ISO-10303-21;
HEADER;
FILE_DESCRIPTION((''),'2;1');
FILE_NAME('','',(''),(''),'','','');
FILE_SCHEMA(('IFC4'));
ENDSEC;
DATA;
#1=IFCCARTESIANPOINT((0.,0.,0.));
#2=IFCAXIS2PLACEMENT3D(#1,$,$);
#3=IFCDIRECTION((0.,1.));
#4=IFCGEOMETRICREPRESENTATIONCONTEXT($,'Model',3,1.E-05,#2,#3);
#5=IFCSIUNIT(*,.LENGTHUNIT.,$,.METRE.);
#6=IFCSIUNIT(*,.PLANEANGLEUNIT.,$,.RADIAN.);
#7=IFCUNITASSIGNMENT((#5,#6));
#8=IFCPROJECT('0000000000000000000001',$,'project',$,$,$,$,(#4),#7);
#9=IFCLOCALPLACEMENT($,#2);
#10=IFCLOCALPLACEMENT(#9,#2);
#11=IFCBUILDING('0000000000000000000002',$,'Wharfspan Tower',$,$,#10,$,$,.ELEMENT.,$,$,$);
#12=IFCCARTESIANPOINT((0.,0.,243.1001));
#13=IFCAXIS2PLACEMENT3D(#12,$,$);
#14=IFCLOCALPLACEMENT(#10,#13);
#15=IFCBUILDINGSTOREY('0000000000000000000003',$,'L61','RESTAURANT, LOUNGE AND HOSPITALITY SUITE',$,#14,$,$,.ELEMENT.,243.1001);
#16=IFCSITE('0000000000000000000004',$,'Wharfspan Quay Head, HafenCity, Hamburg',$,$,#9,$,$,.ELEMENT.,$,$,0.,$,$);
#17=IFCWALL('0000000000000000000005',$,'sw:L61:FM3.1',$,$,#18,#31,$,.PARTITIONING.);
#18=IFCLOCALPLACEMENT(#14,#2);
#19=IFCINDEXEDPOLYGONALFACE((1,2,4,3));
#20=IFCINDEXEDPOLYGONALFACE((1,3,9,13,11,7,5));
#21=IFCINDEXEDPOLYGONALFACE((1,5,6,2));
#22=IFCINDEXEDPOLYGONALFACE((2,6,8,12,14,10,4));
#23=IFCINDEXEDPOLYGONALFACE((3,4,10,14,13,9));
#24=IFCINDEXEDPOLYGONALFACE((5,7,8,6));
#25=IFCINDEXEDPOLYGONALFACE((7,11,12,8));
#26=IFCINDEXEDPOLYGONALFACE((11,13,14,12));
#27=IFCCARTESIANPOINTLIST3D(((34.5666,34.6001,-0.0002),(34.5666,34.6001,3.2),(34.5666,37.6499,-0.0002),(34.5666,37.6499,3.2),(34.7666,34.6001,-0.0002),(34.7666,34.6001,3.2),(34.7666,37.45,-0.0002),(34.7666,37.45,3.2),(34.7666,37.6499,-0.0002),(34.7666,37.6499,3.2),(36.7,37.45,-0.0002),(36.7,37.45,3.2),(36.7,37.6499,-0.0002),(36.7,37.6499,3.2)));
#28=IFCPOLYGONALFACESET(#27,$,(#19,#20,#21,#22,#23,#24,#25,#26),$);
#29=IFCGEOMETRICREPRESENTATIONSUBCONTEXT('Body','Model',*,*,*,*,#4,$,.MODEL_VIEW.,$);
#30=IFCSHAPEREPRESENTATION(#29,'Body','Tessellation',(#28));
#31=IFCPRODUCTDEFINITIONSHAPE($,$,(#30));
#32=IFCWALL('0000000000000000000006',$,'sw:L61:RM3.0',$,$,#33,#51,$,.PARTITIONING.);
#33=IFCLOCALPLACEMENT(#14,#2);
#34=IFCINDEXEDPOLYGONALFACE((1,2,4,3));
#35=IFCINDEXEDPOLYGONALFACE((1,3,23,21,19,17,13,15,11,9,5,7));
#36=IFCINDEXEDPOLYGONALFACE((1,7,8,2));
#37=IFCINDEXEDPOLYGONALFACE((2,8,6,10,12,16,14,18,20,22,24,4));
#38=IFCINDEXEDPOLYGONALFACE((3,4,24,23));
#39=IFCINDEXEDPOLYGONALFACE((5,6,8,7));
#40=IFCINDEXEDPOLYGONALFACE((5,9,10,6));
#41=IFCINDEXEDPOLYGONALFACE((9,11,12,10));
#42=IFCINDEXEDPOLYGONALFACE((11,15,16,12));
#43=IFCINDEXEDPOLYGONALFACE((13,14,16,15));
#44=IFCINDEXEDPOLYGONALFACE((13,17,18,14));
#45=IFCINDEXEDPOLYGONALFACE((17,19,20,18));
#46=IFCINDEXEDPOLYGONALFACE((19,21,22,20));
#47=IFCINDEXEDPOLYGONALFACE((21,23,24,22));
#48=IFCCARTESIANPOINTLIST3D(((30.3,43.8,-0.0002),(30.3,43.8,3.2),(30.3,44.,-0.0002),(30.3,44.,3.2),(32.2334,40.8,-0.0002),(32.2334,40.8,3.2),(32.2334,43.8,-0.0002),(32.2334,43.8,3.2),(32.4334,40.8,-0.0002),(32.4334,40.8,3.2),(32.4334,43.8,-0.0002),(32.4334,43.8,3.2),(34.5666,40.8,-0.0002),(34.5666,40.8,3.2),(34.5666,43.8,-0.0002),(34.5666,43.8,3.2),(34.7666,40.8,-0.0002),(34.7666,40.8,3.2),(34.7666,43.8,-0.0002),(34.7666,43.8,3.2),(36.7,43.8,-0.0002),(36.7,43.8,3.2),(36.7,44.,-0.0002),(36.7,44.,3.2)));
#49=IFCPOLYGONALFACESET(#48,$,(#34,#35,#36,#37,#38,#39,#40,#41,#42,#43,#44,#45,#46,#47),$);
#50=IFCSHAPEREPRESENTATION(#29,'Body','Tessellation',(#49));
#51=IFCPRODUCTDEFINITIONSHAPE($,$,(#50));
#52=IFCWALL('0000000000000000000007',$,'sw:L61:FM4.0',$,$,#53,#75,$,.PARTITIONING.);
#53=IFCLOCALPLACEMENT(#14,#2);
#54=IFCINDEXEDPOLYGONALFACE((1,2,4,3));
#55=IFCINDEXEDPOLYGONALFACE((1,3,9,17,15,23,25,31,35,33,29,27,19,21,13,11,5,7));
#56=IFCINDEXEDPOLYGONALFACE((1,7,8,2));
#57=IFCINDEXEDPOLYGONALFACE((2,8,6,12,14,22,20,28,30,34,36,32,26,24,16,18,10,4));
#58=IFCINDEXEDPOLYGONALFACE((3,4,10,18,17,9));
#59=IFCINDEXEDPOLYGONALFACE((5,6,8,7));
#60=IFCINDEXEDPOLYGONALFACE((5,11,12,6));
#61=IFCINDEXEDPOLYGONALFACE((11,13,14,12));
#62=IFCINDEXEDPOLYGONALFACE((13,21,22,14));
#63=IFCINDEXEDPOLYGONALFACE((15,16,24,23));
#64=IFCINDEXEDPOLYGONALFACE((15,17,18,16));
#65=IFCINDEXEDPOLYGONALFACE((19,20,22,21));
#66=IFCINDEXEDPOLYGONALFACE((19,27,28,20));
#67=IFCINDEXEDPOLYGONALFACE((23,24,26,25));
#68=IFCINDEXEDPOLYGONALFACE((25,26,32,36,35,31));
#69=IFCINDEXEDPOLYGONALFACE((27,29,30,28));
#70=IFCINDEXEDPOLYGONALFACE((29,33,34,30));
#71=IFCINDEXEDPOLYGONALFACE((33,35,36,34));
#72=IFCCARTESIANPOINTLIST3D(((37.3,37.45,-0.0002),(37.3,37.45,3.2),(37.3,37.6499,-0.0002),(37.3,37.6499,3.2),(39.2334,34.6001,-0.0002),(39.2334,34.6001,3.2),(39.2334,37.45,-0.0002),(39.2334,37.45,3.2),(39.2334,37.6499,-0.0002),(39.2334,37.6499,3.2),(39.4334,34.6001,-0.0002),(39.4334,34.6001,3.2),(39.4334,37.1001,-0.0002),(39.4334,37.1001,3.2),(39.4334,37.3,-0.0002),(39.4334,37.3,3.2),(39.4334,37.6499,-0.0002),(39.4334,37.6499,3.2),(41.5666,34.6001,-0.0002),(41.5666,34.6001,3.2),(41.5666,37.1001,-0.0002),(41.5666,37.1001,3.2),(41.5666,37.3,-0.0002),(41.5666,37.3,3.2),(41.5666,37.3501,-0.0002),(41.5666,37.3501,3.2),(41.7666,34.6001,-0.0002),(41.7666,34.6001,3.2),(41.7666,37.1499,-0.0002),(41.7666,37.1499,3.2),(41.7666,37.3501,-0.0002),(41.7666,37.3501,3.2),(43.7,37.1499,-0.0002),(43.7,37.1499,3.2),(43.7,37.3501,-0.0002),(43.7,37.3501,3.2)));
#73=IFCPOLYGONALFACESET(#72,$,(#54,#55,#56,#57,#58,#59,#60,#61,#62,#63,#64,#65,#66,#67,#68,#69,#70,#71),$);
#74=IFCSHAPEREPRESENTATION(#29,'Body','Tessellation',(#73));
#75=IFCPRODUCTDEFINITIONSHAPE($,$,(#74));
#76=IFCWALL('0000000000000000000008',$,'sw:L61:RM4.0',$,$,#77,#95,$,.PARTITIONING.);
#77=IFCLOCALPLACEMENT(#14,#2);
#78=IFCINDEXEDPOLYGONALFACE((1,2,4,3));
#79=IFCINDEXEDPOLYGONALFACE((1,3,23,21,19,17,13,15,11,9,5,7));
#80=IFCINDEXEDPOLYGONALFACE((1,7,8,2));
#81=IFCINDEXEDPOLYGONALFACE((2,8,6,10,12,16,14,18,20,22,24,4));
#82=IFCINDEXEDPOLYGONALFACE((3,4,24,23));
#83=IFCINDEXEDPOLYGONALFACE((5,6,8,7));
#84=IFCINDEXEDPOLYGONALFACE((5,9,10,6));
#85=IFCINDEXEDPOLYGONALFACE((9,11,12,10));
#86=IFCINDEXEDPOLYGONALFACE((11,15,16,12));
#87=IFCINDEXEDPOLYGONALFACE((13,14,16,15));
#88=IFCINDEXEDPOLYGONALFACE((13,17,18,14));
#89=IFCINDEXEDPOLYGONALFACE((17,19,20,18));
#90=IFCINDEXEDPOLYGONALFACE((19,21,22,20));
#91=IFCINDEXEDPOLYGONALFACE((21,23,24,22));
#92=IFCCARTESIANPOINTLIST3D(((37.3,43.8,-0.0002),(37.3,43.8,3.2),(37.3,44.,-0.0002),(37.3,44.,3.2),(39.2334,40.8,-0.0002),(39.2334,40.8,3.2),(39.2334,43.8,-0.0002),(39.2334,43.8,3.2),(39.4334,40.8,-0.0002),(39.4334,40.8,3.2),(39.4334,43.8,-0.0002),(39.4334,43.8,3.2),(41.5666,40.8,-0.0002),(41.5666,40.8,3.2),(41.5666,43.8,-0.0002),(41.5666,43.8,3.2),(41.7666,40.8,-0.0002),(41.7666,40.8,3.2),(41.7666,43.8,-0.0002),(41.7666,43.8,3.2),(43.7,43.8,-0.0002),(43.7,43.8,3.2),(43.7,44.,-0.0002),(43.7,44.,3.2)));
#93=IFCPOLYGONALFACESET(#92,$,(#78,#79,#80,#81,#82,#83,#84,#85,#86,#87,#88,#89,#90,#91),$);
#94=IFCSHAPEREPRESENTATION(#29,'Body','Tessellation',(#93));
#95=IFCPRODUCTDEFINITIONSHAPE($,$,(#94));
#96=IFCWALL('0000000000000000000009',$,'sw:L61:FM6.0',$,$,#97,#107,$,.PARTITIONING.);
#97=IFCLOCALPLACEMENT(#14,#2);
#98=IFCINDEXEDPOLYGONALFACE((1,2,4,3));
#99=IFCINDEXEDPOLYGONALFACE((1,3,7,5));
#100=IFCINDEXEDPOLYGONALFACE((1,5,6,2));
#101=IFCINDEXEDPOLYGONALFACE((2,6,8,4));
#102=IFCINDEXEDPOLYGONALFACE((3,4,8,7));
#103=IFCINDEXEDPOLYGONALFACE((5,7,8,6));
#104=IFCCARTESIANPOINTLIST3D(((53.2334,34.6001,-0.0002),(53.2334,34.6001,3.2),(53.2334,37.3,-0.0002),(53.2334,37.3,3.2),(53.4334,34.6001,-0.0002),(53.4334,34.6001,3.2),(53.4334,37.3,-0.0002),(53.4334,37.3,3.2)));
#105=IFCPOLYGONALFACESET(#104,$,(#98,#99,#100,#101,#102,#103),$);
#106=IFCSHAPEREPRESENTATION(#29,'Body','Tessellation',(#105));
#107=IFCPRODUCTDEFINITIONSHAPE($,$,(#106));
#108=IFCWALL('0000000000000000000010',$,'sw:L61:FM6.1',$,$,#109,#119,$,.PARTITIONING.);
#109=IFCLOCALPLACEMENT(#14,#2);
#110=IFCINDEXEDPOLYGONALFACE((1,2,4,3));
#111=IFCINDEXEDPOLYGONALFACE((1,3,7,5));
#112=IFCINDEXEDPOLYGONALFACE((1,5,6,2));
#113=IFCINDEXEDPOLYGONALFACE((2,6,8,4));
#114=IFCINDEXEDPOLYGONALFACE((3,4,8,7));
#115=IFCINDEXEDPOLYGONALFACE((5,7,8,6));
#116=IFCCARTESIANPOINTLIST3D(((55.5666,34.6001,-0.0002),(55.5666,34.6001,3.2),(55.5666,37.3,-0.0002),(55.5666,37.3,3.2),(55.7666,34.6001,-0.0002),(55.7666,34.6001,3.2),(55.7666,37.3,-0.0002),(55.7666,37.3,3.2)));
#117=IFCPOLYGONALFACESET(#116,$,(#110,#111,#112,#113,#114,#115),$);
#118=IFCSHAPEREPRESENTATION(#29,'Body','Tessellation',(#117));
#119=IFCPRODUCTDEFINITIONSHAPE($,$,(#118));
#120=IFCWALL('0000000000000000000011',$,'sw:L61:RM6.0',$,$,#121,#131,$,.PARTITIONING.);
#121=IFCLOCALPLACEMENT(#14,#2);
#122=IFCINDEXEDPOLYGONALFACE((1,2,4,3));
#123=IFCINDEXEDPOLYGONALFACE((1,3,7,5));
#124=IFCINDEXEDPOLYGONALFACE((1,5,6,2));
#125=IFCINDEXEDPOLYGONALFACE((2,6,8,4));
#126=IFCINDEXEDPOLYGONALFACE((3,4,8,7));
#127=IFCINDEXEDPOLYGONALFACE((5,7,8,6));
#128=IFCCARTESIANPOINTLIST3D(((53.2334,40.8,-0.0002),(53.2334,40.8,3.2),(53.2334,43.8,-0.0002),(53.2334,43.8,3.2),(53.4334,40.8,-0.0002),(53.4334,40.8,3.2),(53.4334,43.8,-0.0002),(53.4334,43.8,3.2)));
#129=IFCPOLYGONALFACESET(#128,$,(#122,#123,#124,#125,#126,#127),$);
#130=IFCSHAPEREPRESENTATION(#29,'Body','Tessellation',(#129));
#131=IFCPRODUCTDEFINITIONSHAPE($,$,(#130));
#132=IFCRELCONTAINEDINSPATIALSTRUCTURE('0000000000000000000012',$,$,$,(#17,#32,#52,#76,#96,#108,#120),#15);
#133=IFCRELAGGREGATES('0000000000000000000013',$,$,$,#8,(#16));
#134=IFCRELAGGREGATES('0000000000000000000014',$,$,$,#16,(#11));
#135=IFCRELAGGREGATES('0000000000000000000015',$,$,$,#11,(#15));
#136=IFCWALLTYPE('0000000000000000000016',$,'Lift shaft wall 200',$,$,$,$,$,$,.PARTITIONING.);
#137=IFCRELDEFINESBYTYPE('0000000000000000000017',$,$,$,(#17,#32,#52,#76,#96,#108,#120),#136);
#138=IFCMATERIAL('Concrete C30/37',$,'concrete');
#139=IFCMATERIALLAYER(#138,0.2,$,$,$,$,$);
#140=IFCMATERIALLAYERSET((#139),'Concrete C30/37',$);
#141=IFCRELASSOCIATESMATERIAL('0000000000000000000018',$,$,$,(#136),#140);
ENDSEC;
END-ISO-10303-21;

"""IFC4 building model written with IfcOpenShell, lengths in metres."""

from ifc_helpers import new_model, si_unit, direction, frame, origin, place, context, subcontext, project, spatial, polyline, outline, extrude, material, layer, layer_set, type_object, element, save


model = new_model("IFC4")

# Units and contexts
model_context = context("Model", 3, precision=1e-05, world=origin(), true_north=direction((0.0, 1.0)))
body_context = subcontext(model_context, "Body", "Model", "MODEL_VIEW")
ifc_project = project(units=[si_unit("LENGTHUNIT", "METRE"), si_unit("PLANEANGLEUNIT", "RADIAN")], contexts=[model_context])

# Site, building, storey
site_placement = place(None, origin())
site = spatial("IfcSite", under=ifc_project, at=site_placement, Name="Wharfspan Quay Head, HafenCity, Hamburg", CompositionType="ELEMENT", RefElevation=0.0)
building_placement = place(site_placement, origin())
building = spatial("IfcBuilding", under=site, at=building_placement, Name="Wharfspan Tower", CompositionType="ELEMENT")
storey_placement = place(building_placement, frame((0.0, 0.0, 243.1001)))
storey = spatial("IfcBuildingStorey", under=building, at=storey_placement, Name="L61", Description="RESTAURANT, LOUNGE AND HOSPITALITY SUITE", CompositionType="ELEMENT", Elevation=243.1001)

# Walls
ifc_material_1 = material(Name="Concrete C30/37", Category="concrete")
ifc_layer_1 = layer(ifc_material_1, 0.2)
ifc_layer_set_1 = layer_set([ifc_layer_1], Name="Concrete C30/37")
wall_type_1 = type_object("IfcWallType", Name="Lift shaft wall 200", PredefinedType="PARTITIONING", material=ifc_layer_set_1)
wall_1_placement = place(storey_placement, frame((0.0, 0.0, -0.0002)))
element("IfcWall", 1, at=wall_1_placement, inside=storey, type_object=wall_type_1, Name="sw:L61:FM3.1", PredefinedType="PARTITIONING", context=body_context, shape_type="SweptSolid", body=[
    extrude(outline(polyline([(34.5667, 37.6499), (34.7666, 37.6499), (36.7, 37.6499), (36.7, 37.45), (34.7666, 37.45), (34.7666, 34.6001), (34.5667, 34.6001), (34.5667, 37.6499)])), origin(), (0.0, 0.0, 1.0), 3.2002),
])
wall_2_placement = place(storey_placement, frame((0.0, 0.0, -0.0002)))
element("IfcWall", 2, at=wall_2_placement, inside=storey, type_object=wall_type_1, Name="sw:L61:RM3.0", PredefinedType="PARTITIONING", context=body_context, shape_type="SweptSolid", body=[
    extrude(outline(polyline([(32.4333, 40.8), (32.2334, 40.8), (32.2334, 43.8), (30.3, 43.8), (30.3, 44.0), (36.7, 44.0), (36.7, 43.8), (34.7666, 43.8), (34.7666, 40.8), (34.5667, 40.8), (34.5667, 43.8), (32.4333, 43.8), (32.4333, 40.8)])), origin(), (0.0, 0.0, 1.0), 3.2002),
])
wall_3_placement = place(storey_placement, frame((0.0, 0.0, -0.0002)))
element("IfcWall", 3, at=wall_3_placement, inside=storey, type_object=wall_type_1, Name="sw:L61:FM4.0", PredefinedType="PARTITIONING", context=body_context, shape_type="SweptSolid", body=[
    extrude(outline(polyline([(41.5667, 37.1001), (39.4333, 37.1001), (39.4333, 34.6001), (39.2334, 34.6001), (39.2334, 37.45), (37.3, 37.45), (37.3, 37.6499), (39.2334, 37.6499), (39.4333, 37.6499), (39.4333, 37.3), (41.5667, 37.3), (41.5667, 37.3501), (41.7666, 37.3501), (43.7, 37.3501), (43.7, 37.1499), (41.7666, 37.1499), (41.7666, 34.6001), (41.5667, 34.6001), (41.5667, 37.1001)])), origin(), (0.0, 0.0, 1.0), 3.2002),
])
wall_4_placement = place(storey_placement, frame((0.0, 0.0, -0.0002)))
element("IfcWall", 4, at=wall_4_placement, inside=storey, type_object=wall_type_1, Name="sw:L61:RM4.0", PredefinedType="PARTITIONING", context=body_context, shape_type="SweptSolid", body=[
    extrude(outline(polyline([(39.4333, 40.8), (39.2334, 40.8), (39.2334, 43.8), (37.3, 43.8), (37.3, 44.0), (43.7, 44.0), (43.7, 43.8), (41.7666, 43.8), (41.7666, 40.8), (41.5667, 40.8), (41.5667, 43.8), (39.4333, 43.8), (39.4333, 40.8)])), origin(), (0.0, 0.0, 1.0), 3.2002),
])
wall_5_placement = place(storey_placement, frame((0.0, 0.0, -0.0002)))
element("IfcWall", 5, at=wall_5_placement, inside=storey, type_object=wall_type_1, Name="sw:L61:FM6.0", PredefinedType="PARTITIONING", context=body_context, shape_type="SweptSolid", body=[
    extrude(outline(polyline([(53.2334, 34.6001), (53.2334, 37.3), (53.4333, 37.3), (53.4333, 34.6001), (53.2334, 34.6001)])), origin(), (0.0, 0.0, 1.0), 3.2002),
])
wall_6_placement = place(storey_placement, frame((0.0, 0.0, -0.0002)))
element("IfcWall", 6, at=wall_6_placement, inside=storey, type_object=wall_type_1, Name="sw:L61:FM6.1", PredefinedType="PARTITIONING", context=body_context, shape_type="SweptSolid", body=[
    extrude(outline(polyline([(55.5667, 34.6001), (55.5667, 37.3), (55.7666, 37.3), (55.7666, 34.6001), (55.5667, 34.6001)])), origin(), (0.0, 0.0, 1.0), 3.2002),
])
wall_7_placement = place(storey_placement, frame((0.0, 0.0, -0.0002)))
element("IfcWall", 7, at=wall_7_placement, inside=storey, type_object=wall_type_1, Name="sw:L61:RM6.0", PredefinedType="PARTITIONING", context=body_context, shape_type="SweptSolid", body=[
    extrude(outline(polyline([(53.4333, 40.8), (53.4333, 43.8), (53.2334, 43.8), (53.2334, 40.8), (53.4333, 40.8)])), origin(), (0.0, 0.0, 1.0), 3.2002),
])

save(model, "model.ifc")
